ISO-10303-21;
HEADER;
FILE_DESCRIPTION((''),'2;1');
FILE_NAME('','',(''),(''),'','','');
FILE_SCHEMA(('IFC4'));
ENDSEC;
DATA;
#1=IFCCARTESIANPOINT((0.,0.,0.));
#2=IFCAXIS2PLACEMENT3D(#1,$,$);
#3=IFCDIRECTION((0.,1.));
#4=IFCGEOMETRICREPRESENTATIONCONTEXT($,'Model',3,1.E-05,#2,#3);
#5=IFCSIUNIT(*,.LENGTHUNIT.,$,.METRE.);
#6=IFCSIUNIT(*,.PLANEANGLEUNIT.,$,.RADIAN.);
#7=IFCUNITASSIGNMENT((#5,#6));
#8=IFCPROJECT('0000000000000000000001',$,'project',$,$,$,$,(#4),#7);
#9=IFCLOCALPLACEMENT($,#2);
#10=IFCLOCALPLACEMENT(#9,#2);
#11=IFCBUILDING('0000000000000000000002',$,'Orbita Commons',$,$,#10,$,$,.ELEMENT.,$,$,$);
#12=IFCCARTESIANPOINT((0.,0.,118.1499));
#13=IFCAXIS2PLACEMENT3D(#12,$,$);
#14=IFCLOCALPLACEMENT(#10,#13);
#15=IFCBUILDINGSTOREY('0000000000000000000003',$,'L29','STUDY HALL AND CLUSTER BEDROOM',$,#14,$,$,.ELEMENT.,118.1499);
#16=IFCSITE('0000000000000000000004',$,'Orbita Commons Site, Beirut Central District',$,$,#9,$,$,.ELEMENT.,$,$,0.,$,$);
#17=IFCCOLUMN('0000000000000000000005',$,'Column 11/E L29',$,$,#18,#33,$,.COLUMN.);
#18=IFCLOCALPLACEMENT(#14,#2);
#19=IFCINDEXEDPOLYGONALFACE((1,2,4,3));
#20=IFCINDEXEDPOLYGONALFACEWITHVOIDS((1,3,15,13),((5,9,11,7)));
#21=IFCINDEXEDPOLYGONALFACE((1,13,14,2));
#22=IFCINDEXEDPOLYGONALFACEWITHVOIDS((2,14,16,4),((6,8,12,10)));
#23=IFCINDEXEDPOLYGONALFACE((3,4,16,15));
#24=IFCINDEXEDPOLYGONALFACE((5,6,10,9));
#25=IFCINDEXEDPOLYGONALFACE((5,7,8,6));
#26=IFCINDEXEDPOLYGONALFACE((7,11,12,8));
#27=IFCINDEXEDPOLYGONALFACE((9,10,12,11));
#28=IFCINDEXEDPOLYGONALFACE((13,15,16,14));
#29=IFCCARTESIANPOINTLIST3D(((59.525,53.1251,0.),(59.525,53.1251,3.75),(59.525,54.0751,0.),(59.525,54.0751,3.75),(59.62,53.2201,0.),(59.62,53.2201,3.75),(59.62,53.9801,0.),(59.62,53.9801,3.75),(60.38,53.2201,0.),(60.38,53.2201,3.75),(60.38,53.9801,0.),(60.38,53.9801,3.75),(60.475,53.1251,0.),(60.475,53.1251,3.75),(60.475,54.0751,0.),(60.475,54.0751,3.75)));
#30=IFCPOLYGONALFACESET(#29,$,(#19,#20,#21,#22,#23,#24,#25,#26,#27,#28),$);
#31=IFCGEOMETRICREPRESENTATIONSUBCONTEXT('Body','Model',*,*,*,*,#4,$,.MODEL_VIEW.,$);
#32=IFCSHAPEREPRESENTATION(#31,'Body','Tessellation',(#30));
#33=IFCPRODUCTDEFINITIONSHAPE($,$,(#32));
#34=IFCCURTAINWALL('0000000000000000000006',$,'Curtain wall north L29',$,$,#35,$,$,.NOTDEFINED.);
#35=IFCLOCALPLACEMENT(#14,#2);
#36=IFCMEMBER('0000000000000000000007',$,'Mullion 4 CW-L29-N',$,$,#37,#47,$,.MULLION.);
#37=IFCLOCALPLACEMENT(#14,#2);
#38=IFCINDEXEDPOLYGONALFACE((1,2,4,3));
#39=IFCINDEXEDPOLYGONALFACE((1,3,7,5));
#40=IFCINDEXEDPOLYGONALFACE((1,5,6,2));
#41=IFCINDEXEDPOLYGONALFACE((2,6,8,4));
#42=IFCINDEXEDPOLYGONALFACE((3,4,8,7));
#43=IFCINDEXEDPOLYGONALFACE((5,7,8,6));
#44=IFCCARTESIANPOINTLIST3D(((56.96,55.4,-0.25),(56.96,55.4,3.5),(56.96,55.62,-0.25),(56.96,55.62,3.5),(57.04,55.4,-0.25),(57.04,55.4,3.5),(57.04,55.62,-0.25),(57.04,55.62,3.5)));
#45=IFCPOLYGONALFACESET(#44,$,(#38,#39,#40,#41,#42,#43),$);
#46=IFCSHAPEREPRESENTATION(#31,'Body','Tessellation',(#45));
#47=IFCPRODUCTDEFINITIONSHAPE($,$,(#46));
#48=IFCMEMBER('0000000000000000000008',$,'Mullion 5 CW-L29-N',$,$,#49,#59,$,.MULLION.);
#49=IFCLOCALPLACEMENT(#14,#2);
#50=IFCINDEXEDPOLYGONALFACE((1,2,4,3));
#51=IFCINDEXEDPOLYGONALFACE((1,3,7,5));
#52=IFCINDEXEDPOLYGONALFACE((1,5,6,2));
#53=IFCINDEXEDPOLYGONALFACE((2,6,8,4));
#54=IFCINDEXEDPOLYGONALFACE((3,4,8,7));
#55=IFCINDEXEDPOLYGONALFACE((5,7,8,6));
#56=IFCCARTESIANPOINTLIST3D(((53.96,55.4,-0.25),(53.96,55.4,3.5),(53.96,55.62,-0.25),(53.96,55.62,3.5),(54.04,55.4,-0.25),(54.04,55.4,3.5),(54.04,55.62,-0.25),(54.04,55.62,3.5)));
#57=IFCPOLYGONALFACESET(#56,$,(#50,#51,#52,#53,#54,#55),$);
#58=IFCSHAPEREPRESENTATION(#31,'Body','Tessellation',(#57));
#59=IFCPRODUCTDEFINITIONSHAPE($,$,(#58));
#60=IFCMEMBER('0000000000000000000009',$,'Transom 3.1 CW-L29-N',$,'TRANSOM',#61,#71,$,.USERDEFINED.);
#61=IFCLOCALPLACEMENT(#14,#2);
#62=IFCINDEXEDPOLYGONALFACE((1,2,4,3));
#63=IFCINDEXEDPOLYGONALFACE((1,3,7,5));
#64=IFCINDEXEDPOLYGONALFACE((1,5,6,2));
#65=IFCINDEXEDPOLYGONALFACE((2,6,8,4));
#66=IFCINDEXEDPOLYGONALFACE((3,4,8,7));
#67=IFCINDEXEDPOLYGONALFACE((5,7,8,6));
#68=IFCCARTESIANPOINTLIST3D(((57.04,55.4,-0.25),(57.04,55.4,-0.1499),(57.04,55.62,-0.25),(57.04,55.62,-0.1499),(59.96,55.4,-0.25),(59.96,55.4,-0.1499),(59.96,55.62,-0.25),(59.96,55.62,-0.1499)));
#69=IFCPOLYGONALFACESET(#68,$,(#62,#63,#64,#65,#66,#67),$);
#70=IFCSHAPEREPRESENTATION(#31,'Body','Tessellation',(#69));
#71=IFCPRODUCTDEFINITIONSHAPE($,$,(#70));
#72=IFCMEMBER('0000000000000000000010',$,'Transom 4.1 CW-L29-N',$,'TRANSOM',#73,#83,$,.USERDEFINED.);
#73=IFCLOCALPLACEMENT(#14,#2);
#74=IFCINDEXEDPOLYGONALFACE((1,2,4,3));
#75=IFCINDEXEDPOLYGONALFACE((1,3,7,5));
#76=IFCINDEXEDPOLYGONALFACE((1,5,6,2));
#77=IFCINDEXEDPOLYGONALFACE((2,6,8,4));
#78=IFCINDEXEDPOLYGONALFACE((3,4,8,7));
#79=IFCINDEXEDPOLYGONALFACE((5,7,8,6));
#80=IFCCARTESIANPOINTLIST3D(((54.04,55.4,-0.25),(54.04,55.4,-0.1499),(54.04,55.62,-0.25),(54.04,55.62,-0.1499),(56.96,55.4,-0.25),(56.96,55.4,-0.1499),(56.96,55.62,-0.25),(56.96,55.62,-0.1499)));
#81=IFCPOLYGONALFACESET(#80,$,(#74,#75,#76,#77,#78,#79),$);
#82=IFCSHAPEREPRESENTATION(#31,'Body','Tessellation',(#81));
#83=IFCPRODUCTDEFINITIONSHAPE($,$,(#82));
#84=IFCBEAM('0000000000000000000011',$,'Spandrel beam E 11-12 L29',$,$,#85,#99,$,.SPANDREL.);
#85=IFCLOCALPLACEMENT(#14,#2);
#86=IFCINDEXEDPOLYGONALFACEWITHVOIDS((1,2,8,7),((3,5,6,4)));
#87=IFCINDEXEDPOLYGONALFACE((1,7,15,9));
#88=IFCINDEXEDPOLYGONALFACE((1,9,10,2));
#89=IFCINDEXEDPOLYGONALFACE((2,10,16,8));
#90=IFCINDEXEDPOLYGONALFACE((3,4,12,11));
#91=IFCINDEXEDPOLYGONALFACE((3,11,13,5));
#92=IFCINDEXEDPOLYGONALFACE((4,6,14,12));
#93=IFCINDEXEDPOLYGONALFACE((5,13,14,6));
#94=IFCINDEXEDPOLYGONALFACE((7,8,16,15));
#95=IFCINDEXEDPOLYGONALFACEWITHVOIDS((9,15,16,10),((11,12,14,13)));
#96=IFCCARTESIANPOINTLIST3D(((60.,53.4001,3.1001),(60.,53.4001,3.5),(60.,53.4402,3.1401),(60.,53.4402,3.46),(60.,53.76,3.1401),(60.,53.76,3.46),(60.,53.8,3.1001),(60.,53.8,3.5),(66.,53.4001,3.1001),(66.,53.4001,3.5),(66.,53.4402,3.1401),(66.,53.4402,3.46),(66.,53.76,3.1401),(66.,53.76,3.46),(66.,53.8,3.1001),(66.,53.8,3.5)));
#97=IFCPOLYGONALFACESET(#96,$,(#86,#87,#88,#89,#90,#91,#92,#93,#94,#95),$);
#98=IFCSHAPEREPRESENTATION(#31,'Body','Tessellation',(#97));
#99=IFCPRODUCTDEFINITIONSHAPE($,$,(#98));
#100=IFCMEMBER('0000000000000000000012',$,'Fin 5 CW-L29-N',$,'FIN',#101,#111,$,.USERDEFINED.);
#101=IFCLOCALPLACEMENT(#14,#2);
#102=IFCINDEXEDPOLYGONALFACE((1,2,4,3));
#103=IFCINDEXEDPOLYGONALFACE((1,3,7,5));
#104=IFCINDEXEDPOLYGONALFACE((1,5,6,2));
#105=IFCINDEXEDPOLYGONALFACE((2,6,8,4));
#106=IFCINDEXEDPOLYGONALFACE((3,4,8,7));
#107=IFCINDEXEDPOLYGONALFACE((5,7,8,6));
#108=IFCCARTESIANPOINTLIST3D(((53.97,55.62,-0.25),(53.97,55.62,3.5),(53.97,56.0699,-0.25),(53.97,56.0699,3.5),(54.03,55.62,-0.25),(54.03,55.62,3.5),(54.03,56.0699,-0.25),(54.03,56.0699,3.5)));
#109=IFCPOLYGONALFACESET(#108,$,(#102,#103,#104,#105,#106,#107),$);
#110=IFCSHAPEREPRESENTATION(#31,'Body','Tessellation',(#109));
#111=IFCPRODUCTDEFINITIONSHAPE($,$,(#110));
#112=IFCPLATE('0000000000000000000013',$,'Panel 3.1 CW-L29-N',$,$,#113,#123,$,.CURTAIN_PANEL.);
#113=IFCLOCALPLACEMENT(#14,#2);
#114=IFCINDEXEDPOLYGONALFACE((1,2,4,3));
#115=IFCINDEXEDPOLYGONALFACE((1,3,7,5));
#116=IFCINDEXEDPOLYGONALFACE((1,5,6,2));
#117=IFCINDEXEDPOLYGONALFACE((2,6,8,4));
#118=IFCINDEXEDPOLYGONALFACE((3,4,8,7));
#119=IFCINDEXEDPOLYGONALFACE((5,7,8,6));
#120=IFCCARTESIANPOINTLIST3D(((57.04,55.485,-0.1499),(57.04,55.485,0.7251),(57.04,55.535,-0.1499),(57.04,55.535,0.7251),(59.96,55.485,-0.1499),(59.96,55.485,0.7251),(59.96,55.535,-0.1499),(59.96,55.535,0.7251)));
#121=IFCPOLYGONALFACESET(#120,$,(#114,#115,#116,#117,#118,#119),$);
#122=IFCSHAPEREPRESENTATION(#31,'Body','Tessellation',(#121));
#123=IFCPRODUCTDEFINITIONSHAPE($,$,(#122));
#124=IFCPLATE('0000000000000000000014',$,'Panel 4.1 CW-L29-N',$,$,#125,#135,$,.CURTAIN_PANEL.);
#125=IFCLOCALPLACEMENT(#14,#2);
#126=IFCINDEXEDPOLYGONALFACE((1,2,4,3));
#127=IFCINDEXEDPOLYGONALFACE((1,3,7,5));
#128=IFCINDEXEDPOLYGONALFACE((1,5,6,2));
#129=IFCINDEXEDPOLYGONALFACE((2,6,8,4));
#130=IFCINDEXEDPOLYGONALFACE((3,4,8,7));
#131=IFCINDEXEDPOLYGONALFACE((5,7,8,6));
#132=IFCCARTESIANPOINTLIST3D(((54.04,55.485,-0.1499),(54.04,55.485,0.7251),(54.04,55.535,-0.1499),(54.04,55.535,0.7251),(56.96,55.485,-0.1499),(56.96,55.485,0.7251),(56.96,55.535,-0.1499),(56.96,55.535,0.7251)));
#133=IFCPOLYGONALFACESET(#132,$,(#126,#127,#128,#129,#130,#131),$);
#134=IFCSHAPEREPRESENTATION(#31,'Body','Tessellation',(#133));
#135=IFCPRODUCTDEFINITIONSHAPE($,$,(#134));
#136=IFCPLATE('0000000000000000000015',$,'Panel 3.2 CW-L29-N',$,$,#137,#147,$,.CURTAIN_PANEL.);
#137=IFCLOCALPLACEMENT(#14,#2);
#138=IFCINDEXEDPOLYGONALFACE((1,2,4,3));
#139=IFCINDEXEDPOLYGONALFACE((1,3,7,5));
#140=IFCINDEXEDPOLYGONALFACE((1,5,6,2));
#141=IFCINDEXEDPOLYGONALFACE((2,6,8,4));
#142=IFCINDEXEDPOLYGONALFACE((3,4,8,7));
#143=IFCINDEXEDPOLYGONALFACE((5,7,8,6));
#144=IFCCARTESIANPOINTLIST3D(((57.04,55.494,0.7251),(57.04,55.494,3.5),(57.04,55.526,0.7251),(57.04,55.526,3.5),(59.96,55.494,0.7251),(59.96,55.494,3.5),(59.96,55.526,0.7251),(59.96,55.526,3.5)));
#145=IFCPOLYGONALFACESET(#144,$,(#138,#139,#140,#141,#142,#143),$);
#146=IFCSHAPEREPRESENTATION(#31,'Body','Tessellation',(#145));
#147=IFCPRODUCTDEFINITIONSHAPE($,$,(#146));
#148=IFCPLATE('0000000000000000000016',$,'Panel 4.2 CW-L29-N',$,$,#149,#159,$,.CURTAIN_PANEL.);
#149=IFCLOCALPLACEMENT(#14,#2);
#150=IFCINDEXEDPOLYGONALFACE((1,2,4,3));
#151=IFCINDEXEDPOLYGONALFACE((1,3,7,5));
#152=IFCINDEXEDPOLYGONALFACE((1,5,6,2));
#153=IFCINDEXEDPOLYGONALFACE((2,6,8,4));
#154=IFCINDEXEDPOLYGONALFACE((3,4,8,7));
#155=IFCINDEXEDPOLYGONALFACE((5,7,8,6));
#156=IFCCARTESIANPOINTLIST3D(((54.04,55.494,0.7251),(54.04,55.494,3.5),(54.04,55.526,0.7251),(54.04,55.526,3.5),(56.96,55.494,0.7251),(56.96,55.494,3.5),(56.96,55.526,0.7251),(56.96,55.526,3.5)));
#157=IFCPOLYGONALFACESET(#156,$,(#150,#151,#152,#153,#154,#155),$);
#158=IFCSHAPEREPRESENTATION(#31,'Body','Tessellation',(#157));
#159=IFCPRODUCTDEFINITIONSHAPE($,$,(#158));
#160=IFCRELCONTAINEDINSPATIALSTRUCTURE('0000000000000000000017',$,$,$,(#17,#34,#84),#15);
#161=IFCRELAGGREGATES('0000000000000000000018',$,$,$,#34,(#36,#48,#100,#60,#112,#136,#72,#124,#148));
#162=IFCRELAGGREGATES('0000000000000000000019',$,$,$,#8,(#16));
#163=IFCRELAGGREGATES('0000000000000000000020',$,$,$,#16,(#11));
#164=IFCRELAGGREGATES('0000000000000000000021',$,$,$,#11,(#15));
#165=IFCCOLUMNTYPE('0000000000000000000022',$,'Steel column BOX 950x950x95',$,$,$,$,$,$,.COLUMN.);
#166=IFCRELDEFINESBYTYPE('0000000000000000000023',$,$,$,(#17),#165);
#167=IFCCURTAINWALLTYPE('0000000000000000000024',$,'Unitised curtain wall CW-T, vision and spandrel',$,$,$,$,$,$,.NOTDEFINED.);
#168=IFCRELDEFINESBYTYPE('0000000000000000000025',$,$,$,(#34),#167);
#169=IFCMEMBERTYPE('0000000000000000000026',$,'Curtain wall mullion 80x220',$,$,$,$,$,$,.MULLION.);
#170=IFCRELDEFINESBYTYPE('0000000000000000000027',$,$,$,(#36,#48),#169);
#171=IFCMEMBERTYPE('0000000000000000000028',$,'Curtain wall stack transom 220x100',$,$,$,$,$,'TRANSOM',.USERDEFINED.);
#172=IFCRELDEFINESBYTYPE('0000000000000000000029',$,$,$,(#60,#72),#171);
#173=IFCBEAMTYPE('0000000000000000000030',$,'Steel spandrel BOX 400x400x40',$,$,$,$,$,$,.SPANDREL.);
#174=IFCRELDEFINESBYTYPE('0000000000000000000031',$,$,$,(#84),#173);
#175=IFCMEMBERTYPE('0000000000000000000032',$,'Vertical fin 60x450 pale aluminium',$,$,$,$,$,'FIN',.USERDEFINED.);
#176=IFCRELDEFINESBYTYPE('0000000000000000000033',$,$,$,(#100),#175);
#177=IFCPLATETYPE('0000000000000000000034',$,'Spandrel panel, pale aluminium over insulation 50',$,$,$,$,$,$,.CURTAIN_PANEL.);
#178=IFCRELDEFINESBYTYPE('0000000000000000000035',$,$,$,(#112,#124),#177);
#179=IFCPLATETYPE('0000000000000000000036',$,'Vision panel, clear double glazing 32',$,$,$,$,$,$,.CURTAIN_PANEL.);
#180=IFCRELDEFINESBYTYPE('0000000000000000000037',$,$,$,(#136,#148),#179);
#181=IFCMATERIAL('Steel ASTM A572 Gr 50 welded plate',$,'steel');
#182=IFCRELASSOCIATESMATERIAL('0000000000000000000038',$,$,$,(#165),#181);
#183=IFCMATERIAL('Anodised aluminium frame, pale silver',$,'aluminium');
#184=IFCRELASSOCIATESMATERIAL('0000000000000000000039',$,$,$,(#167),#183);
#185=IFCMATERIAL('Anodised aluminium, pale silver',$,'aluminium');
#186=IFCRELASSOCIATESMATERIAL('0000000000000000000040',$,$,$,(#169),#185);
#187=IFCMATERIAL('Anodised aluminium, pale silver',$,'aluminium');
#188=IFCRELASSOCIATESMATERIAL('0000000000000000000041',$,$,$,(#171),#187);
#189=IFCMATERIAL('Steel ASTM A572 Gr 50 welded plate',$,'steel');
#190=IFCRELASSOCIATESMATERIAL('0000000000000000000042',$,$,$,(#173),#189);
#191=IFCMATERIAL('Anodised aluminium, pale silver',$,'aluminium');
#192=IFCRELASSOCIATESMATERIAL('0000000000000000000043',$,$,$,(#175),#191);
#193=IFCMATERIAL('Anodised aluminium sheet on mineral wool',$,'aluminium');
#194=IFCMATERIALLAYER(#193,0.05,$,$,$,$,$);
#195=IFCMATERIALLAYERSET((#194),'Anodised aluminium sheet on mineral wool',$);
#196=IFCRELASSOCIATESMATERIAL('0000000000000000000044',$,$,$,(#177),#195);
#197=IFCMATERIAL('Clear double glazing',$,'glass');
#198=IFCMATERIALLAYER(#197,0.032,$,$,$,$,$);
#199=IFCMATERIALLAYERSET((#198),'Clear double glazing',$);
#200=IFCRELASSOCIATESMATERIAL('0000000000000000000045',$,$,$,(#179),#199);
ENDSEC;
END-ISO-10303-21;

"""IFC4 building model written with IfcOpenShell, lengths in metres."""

from ifc_helpers import new_model, si_unit, direction, frame, origin, origin_2d, place, context, subcontext, project, spatial, rectangle, hollow_rectangle, extrude, material, layer, layer_set, material_profile, profile_set, type_object, element, aggregate, save


model = new_model("IFC4")

# Units and contexts
model_context = context("Model", 3, precision=1e-05, world=origin(), true_north=direction((0.0, 1.0)))
body_context = subcontext(model_context, "Body", "Model", "MODEL_VIEW")
ifc_project = project(units=[si_unit("LENGTHUNIT", "METRE"), si_unit("PLANEANGLEUNIT", "RADIAN")], contexts=[model_context])

# Site, building, storey
site_placement = place(None, origin())
site = spatial("IfcSite", under=ifc_project, at=site_placement, Name="Orbita Commons Site, Beirut Central District", CompositionType="ELEMENT", RefElevation=0.0)
building_placement = place(site_placement, origin())
building = spatial("IfcBuilding", under=site, at=building_placement, Name="Orbita Commons", CompositionType="ELEMENT")
storey_placement = place(building_placement, frame((0.0, 0.0, 118.1499)))
storey = spatial("IfcBuildingStorey", under=building, at=storey_placement, Name="L29", Description="STUDY HALL AND CLUSTER BEDROOM", CompositionType="ELEMENT", Elevation=118.1499)

# Column
ifc_material_1 = material(Name="Steel ASTM A572 Gr 50 welded plate", Category="steel")
ifc_material_profile_1 = material_profile(ifc_material_1, hollow_rectangle(XDim=0.95, YDim=0.95, WallThickness=0.095, at=origin_2d()), Name="BOX 950x950x95")
ifc_profile_set_1 = profile_set([ifc_material_profile_1], Name="Steel ASTM A572 Gr 50 welded plate")
column_type = type_object("IfcColumnType", Name="Steel column BOX 950x950x95", PredefinedType="COLUMN", material=ifc_profile_set_1)
column_placement = place(storey_placement, frame((60.0, 53.6001, 0.0), z_axis=(0.0, 0.0, 1.0), x_axis=(1.0, 0.0, 0.0)))
element("IfcColumn", 1, at=column_placement, inside=storey, type_object=column_type, Name="Column 11/E L29", PredefinedType="COLUMN", context=body_context, shape_type="SweptSolid", body=[
    extrude(hollow_rectangle(XDim=0.95, YDim=0.95, WallThickness=0.095, at=origin_2d()), origin(), (0.0, 0.0, 1.0), 3.75),
])

# Curtain wall, members
ifc_material_2 = material(Name="Anodised aluminium frame, pale silver", Category="aluminium")
curtain_wall_type = type_object("IfcCurtainWallType", Name="Unitised curtain wall CW-T, vision and spandrel", PredefinedType="NOTDEFINED", material=ifc_material_2)
curtain_wall_placement = place(storey_placement, origin())
curtain_wall = element("IfcCurtainWall", 2, at=curtain_wall_placement, inside=storey, type_object=curtain_wall_type, Name="Curtain wall north L29", PredefinedType="NOTDEFINED")
ifc_material_3 = material(Name="Anodised aluminium, pale silver", Category="aluminium")
ifc_material_profile_2 = material_profile(ifc_material_3, rectangle(XDim=0.0801, YDim=0.22, at=origin_2d()), Name="AL 80x220")
ifc_profile_set_2 = profile_set([ifc_material_profile_2], Name="Anodised aluminium, pale silver")
member_type_1 = type_object("IfcMemberType", Name="Curtain wall mullion 80x220", PredefinedType="MULLION", material=ifc_profile_set_2)
member_1_placement = place(storey_placement, frame((57.0, 55.51, -0.25), z_axis=(0.0, 0.0, 1.0), x_axis=(-1.0, 0.0, 0.0)))
member_1 = element("IfcMember", 3, at=member_1_placement, type_object=member_type_1, Name="Mullion 4 CW-L29-N", PredefinedType="MULLION", context=body_context, shape_type="SweptSolid", body=[
    extrude(rectangle(XDim=0.0801, YDim=0.22, at=origin_2d()), origin(), (0.0, 0.0, 1.0), 3.75),
])
member_2_placement = place(storey_placement, frame((54.0, 55.51, -0.25), z_axis=(0.0, 0.0, 1.0), x_axis=(-1.0, 0.0, 0.0)))
member_2 = element("IfcMember", 4, at=member_2_placement, type_object=member_type_1, Name="Mullion 5 CW-L29-N", PredefinedType="MULLION", context=body_context, shape_type="SweptSolid", body=[
    extrude(rectangle(XDim=0.0801, YDim=0.22, at=origin_2d()), origin(), (0.0, 0.0, 1.0), 3.75),
])
ifc_material_4 = material(Name="Anodised aluminium, pale silver", Category="aluminium")
ifc_material_profile_3 = material_profile(ifc_material_4, rectangle(XDim=0.22, YDim=0.1001, at=origin_2d()), Name="AL 220x100")
ifc_profile_set_3 = profile_set([ifc_material_profile_3], Name="Anodised aluminium, pale silver")
member_type_2 = type_object("IfcMemberType", Name="Curtain wall stack transom 220x100", ElementType="TRANSOM", PredefinedType="USERDEFINED", material=ifc_profile_set_3)
member_3_placement = place(storey_placement, frame((59.96, 55.51, -0.2), z_axis=(-1.0, 0.0, 0.0), x_axis=(0.0, -1.0, 0.0)))
member_3 = element("IfcMember", 5, at=member_3_placement, type_object=member_type_2, Name="Transom 3.1 CW-L29-N", ObjectType="TRANSOM", PredefinedType="USERDEFINED", context=body_context, shape_type="SweptSolid", body=[
    extrude(rectangle(XDim=0.22, YDim=0.1001, at=origin_2d()), origin(), (0.0, 0.0, 1.0), 2.9199),
])
member_4_placement = place(storey_placement, frame((56.96, 55.51, -0.2), z_axis=(-1.0, 0.0, 0.0), x_axis=(0.0, -1.0, 0.0)))
member_4 = element("IfcMember", 6, at=member_4_placement, type_object=member_type_2, Name="Transom 4.1 CW-L29-N", ObjectType="TRANSOM", PredefinedType="USERDEFINED", context=body_context, shape_type="SweptSolid", body=[
    extrude(rectangle(XDim=0.22, YDim=0.1001, at=origin_2d()), origin(), (0.0, 0.0, 1.0), 2.9199),
])

# Beam
ifc_material_5 = material(Name="Steel ASTM A572 Gr 50 welded plate", Category="steel")
ifc_material_profile_4 = material_profile(ifc_material_5, hollow_rectangle(XDim=0.3999, YDim=0.3999, WallThickness=0.04, at=origin_2d()), Name="BOX 400x400x40")
ifc_profile_set_4 = profile_set([ifc_material_profile_4], Name="Steel ASTM A572 Gr 50 welded plate")
beam_type = type_object("IfcBeamType", Name="Steel spandrel BOX 400x400x40", PredefinedType="SPANDREL", material=ifc_profile_set_4)
beam_placement = place(storey_placement, frame((60.0, 53.6001, 3.3), z_axis=(1.0, 0.0, 0.0), x_axis=(0.0, 1.0, 0.0)))
element("IfcBeam", 7, at=beam_placement, inside=storey, type_object=beam_type, Name="Spandrel beam E 11-12 L29", PredefinedType="SPANDREL", context=body_context, shape_type="SweptSolid", body=[
    extrude(hollow_rectangle(XDim=0.3999, YDim=0.3999, WallThickness=0.04, at=origin_2d()), origin(), (0.0, 0.0, 1.0), 6.0),
])

# Member
ifc_material_6 = material(Name="Anodised aluminium, pale silver", Category="aluminium")
ifc_material_profile_5 = material_profile(ifc_material_6, rectangle(XDim=0.0601, YDim=0.45, at=origin_2d()), Name="FIN 60x450")
ifc_profile_set_5 = profile_set([ifc_material_profile_5], Name="Anodised aluminium, pale silver")
member_type_3 = type_object("IfcMemberType", Name="Vertical fin 60x450 pale aluminium", ElementType="FIN", PredefinedType="USERDEFINED", material=ifc_profile_set_5)
member_5_placement = place(storey_placement, frame((54.0, 55.845, -0.25), z_axis=(0.0, 0.0, 1.0), x_axis=(-1.0, 0.0, 0.0)))
member_5 = element("IfcMember", 8, at=member_5_placement, type_object=member_type_3, Name="Fin 5 CW-L29-N", ObjectType="FIN", PredefinedType="USERDEFINED", context=body_context, shape_type="SweptSolid", body=[
    extrude(rectangle(XDim=0.0601, YDim=0.45, at=origin_2d()), origin(), (0.0, 0.0, 1.0), 3.75),
])

# Plates
ifc_material_7 = material(Name="Anodised aluminium sheet on mineral wool", Category="aluminium")
ifc_layer_1 = layer(ifc_material_7, 0.05)
ifc_layer_set_1 = layer_set([ifc_layer_1], Name="Anodised aluminium sheet on mineral wool")
plate_type_1 = type_object("IfcPlateType", Name="Spandrel panel, pale aluminium over insulation 50", PredefinedType="CURTAIN_PANEL", material=ifc_layer_set_1)
plate_1_placement = place(storey_placement, frame((58.5, 55.51, -0.1499), z_axis=(0.0, 0.0, 1.0), x_axis=(-1.0, 0.0, 0.0)))
plate_1 = element("IfcPlate", 9, at=plate_1_placement, type_object=plate_type_1, Name="Panel 3.1 CW-L29-N", PredefinedType="CURTAIN_PANEL", context=body_context, shape_type="SweptSolid", body=[
    extrude(rectangle(XDim=2.9199, YDim=0.05, at=origin_2d()), origin(), (0.0, 0.0, 1.0), 0.875),
])
plate_2_placement = place(storey_placement, frame((55.5, 55.51, -0.1499), z_axis=(0.0, 0.0, 1.0), x_axis=(-1.0, 0.0, 0.0)))
plate_2 = element("IfcPlate", 10, at=plate_2_placement, type_object=plate_type_1, Name="Panel 4.1 CW-L29-N", PredefinedType="CURTAIN_PANEL", context=body_context, shape_type="SweptSolid", body=[
    extrude(rectangle(XDim=2.9199, YDim=0.05, at=origin_2d()), origin(), (0.0, 0.0, 1.0), 0.875),
])
ifc_material_8 = material(Name="Clear double glazing", Category="glass")
ifc_layer_2 = layer(ifc_material_8, 0.032)
ifc_layer_set_2 = layer_set([ifc_layer_2], Name="Clear double glazing")
plate_type_2 = type_object("IfcPlateType", Name="Vision panel, clear double glazing 32", PredefinedType="CURTAIN_PANEL", material=ifc_layer_set_2)
plate_3_placement = place(storey_placement, frame((58.5, 55.51, 0.7251), z_axis=(0.0, 0.0, 1.0), x_axis=(-1.0, 0.0, 0.0)))
plate_3 = element("IfcPlate", 11, at=plate_3_placement, type_object=plate_type_2, Name="Panel 3.2 CW-L29-N", PredefinedType="CURTAIN_PANEL", context=body_context, shape_type="SweptSolid", body=[
    extrude(rectangle(XDim=2.9199, YDim=0.032, at=origin_2d()), origin(), (0.0, 0.0, 1.0), 2.7749),
])
plate_4_placement = place(storey_placement, frame((55.5, 55.51, 0.7251), z_axis=(0.0, 0.0, 1.0), x_axis=(-1.0, 0.0, 0.0)))
plate_4 = element("IfcPlate", 12, at=plate_4_placement, type_object=plate_type_2, Name="Panel 4.2 CW-L29-N", PredefinedType="CURTAIN_PANEL", context=body_context, shape_type="SweptSolid", body=[
    extrude(rectangle(XDim=2.9199, YDim=0.032, at=origin_2d()), origin(), (0.0, 0.0, 1.0), 2.7749),
])
aggregate(curtain_wall, [member_1, member_2, member_5, member_3, plate_1, plate_3, member_4, plate_2, plate_4])

save(model, "model.ifc")
